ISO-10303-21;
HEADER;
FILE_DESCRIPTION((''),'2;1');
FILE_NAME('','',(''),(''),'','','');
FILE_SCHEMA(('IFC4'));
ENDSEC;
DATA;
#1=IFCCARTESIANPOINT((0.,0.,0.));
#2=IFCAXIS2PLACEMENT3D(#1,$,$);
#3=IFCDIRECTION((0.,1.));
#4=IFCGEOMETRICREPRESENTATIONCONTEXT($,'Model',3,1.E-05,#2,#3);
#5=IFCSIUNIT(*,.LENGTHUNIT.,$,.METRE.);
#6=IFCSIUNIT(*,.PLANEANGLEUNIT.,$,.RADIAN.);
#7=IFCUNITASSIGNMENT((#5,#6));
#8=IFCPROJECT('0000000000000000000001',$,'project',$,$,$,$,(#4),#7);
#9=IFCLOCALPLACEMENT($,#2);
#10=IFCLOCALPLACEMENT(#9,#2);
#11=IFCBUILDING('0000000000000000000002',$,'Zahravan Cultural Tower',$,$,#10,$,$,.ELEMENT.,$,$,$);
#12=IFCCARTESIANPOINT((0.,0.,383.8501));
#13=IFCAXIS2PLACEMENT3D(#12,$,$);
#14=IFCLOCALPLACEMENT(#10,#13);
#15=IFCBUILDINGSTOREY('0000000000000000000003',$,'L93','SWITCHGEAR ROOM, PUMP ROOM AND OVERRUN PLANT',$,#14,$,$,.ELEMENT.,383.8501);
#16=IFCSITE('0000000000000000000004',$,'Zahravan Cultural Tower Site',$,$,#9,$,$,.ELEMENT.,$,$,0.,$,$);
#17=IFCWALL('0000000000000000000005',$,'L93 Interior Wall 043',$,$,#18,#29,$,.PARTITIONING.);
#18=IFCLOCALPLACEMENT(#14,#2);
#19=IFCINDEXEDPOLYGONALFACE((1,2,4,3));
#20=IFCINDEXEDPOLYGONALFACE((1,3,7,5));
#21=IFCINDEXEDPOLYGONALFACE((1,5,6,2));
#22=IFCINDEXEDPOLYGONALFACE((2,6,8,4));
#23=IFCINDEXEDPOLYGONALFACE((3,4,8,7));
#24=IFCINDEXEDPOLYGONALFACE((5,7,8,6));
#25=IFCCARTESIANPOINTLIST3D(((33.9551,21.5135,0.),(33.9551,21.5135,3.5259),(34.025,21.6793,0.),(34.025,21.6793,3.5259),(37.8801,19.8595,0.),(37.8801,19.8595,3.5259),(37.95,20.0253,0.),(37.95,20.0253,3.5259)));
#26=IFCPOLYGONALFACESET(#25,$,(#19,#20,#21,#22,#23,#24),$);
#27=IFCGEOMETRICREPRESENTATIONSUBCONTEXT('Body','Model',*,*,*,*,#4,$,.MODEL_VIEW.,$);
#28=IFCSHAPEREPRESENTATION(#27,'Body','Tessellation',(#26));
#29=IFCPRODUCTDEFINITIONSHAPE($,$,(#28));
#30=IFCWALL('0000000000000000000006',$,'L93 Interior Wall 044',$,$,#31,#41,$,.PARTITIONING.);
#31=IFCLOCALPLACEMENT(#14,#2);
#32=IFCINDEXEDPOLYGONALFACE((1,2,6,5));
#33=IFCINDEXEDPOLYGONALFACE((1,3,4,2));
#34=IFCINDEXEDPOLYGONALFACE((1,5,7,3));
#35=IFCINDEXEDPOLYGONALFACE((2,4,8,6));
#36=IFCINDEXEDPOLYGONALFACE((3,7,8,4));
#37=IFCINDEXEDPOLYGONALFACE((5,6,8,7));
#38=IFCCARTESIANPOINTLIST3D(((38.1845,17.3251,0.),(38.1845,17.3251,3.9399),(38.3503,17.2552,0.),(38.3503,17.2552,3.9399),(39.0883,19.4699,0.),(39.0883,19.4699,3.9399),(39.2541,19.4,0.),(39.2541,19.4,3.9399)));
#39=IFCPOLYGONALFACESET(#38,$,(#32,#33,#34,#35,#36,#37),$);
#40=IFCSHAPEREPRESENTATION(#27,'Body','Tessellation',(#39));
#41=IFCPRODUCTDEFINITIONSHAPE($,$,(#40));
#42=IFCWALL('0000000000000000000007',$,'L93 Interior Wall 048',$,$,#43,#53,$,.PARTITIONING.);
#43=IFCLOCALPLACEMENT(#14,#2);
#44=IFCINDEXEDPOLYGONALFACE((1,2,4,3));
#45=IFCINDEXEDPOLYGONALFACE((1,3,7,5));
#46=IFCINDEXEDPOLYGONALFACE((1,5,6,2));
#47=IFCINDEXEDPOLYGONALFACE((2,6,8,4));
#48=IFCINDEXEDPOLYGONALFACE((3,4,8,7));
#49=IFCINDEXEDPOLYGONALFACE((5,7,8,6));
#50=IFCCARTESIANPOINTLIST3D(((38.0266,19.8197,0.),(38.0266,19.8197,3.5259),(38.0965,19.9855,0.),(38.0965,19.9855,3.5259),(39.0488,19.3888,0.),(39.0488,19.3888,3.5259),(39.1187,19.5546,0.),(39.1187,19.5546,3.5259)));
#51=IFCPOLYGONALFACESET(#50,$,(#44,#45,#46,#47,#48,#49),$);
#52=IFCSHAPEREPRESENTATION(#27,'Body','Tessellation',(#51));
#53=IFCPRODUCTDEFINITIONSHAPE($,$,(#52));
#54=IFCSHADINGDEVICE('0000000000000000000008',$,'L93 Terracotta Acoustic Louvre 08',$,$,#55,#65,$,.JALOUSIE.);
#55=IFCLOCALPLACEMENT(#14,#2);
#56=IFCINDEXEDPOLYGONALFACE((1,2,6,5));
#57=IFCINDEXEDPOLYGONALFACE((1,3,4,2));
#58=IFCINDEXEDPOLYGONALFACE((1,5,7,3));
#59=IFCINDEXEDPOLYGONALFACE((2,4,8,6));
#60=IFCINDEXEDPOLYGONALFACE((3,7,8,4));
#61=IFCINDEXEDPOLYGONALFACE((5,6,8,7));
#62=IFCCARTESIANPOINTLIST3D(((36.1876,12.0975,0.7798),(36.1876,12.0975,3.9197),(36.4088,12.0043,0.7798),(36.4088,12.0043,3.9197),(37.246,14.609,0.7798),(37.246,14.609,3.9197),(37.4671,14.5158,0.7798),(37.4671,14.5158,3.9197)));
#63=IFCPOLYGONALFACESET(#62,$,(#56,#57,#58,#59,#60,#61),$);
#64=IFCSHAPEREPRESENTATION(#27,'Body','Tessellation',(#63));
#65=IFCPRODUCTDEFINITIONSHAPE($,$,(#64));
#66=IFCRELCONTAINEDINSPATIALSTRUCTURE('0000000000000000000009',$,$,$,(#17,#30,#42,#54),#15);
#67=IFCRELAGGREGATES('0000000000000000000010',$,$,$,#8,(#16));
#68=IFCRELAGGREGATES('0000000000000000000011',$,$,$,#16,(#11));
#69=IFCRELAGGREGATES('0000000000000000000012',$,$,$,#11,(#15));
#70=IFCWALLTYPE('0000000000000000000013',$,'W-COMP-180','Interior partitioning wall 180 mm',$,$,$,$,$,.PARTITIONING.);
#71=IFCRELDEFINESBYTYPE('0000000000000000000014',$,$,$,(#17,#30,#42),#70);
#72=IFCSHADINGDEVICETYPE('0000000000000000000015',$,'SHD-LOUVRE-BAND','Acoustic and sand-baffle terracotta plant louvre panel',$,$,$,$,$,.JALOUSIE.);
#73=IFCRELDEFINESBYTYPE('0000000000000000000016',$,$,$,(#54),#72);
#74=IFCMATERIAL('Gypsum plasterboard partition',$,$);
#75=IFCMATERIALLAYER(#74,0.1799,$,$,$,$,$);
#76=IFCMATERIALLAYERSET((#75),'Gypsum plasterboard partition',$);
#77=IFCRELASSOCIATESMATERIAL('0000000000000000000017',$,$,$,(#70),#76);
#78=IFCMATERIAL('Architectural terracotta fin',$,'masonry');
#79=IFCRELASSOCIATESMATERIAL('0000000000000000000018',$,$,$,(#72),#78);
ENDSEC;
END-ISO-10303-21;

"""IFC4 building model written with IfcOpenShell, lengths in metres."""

from ifc_helpers import new_model, si_unit, direction, frame, frame_2d, origin, origin_2d, place, context, subcontext, project, spatial, rectangle, extrude, source, transform, mapped, material, layer, layer_set, type_object, element, save


model = new_model("IFC4")

# Units and contexts
model_context = context("Model", 3, precision=1e-05, world=origin(), true_north=direction((0.0, 1.0)))
body_context = subcontext(model_context, "Body", "Model", "MODEL_VIEW")
ifc_project = project(units=[si_unit("LENGTHUNIT", "METRE"), si_unit("PLANEANGLEUNIT", "RADIAN")], contexts=[model_context])

# Site, building, storey
site_placement = place(None, origin())
site = spatial("IfcSite", under=ifc_project, at=site_placement, Name="Zahravan Cultural Tower Site", CompositionType="ELEMENT", RefElevation=0.0)
building_placement = place(site_placement, origin())
building = spatial("IfcBuilding", under=site, at=building_placement, Name="Zahravan Cultural Tower", CompositionType="ELEMENT")
storey_placement = place(building_placement, frame((0.0, 0.0, 383.8501)))
storey = spatial("IfcBuildingStorey", under=building, at=storey_placement, Name="L93", Description="SWITCHGEAR ROOM, PUMP ROOM AND OVERRUN PLANT", CompositionType="ELEMENT", Elevation=383.8501)

# Shared definitions
ifc_material_1 = material(Name="Gypsum plasterboard partition")
ifc_layer_1 = layer(ifc_material_1, 0.1799)
ifc_layer_set_1 = layer_set([ifc_layer_1], Name="Gypsum plasterboard partition")
wall_type_1 = type_object("IfcWallType", Name="W-COMP-180", Description="Interior partitioning wall 180 mm", PredefinedType="PARTITIONING", material=ifc_layer_set_1)

# Walls
shared_shape_1 = source(origin(), body_context, "Body", "SweptSolid", [
    extrude(rectangle(XDim=4.2593, YDim=0.1799, at=frame_2d((2.1296, 0.0))), origin(), (0.0, 0.0, 1.0), 3.5259),
])
wall_1_placement = place(storey_placement, frame((37.915, 19.9424, 0.0), z_axis=(0.0, 0.0, 1.0), x_axis=(-0.921518, 0.388336, 0.0)))
element("IfcWall", 1, at=wall_1_placement, inside=storey, type_object=wall_type_1, Name="L93 Interior Wall 043", PredefinedType="PARTITIONING", context=body_context, shape_type="MappedRepresentation", body=[
    mapped(shared_shape_1, transform((0.0, 0.0, 0.0), x_axis=(1.0, 0.0, 0.0), y_axis=(0.0, 1.0, 0.0), z_axis=(0.0, 0.0, 1.0), scale=1.0)),
])
shared_shape_2 = source(origin(), body_context, "Body", "SweptSolid", [
    extrude(rectangle(XDim=2.3274, YDim=0.1799, at=frame_2d((1.1636, 0.0))), origin(), (0.0, 0.0, 1.0), 3.9399),
])
wall_2_placement = place(storey_placement, frame((39.1711, 19.4348, 0.0), z_axis=(0.0, 0.0, 1.0), x_axis=(-0.388329, -0.921521, 0.0)))
element("IfcWall", 2, at=wall_2_placement, inside=storey, type_object=wall_type_1, Name="L93 Interior Wall 044", PredefinedType="PARTITIONING", context=body_context, shape_type="MappedRepresentation", body=[
    mapped(shared_shape_2, transform((0.0, 0.0, 0.0), x_axis=(1.0, 0.0, 0.0), y_axis=(0.0, 1.0, 0.0), z_axis=(0.0, 0.0, 1.0), scale=1.0)),
])
shared_shape_3 = source(origin(), body_context, "Body", "SweptSolid", [
    extrude(rectangle(XDim=1.1094, YDim=0.1799, at=frame_2d((0.5547, 0.0))), origin(), (0.0, 0.0, 1.0), 3.5259),
])
wall_3_placement = place(storey_placement, frame((38.0615, 19.9026, 0.0), z_axis=(0.0, 0.0, 1.0), x_axis=(0.921474, -0.388441, 0.0)))
element("IfcWall", 3, at=wall_3_placement, inside=storey, type_object=wall_type_1, Name="L93 Interior Wall 048", PredefinedType="PARTITIONING", context=body_context, shape_type="MappedRepresentation", body=[
    mapped(shared_shape_3, transform((0.0, 0.0, 0.0), x_axis=(1.0, 0.0, 0.0), y_axis=(0.0, 1.0, 0.0), z_axis=(0.0, 0.0, 1.0), scale=1.0)),
])

# Shading device
ifc_material_2 = material(Name="Architectural terracotta fin", Category="masonry")
shading_device_type = type_object("IfcShadingDeviceType", Name="SHD-LOUVRE-BAND", Description="Acoustic and sand-baffle terracotta plant louvre panel", PredefinedType="JALOUSIE", material=ifc_material_2)
shared_shape_4 = source(origin(), body_context, "Body", "SweptSolid", [
    extrude(rectangle(XDim=2.7253, YDim=0.24, at=origin_2d()), origin(), (0.0, 0.0, 1.0), 3.1399),
])
shading_device_placement = place(storey_placement, frame((36.8274, 13.3066, 0.7798), z_axis=(0.0, 0.0, 1.0), x_axis=(-0.388336, -0.921518, 0.0)))
element("IfcShadingDevice", 4, at=shading_device_placement, inside=storey, type_object=shading_device_type, Name="L93 Terracotta Acoustic Louvre 08", PredefinedType="JALOUSIE", context=body_context, shape_type="MappedRepresentation", body=[
    mapped(shared_shape_4, transform((0.0, 0.0, 0.0), x_axis=(1.0, 0.0, 0.0), y_axis=(0.0, 1.0, 0.0), z_axis=(0.0, 0.0, 1.0), scale=1.0)),
])

save(model, "model.ifc")
